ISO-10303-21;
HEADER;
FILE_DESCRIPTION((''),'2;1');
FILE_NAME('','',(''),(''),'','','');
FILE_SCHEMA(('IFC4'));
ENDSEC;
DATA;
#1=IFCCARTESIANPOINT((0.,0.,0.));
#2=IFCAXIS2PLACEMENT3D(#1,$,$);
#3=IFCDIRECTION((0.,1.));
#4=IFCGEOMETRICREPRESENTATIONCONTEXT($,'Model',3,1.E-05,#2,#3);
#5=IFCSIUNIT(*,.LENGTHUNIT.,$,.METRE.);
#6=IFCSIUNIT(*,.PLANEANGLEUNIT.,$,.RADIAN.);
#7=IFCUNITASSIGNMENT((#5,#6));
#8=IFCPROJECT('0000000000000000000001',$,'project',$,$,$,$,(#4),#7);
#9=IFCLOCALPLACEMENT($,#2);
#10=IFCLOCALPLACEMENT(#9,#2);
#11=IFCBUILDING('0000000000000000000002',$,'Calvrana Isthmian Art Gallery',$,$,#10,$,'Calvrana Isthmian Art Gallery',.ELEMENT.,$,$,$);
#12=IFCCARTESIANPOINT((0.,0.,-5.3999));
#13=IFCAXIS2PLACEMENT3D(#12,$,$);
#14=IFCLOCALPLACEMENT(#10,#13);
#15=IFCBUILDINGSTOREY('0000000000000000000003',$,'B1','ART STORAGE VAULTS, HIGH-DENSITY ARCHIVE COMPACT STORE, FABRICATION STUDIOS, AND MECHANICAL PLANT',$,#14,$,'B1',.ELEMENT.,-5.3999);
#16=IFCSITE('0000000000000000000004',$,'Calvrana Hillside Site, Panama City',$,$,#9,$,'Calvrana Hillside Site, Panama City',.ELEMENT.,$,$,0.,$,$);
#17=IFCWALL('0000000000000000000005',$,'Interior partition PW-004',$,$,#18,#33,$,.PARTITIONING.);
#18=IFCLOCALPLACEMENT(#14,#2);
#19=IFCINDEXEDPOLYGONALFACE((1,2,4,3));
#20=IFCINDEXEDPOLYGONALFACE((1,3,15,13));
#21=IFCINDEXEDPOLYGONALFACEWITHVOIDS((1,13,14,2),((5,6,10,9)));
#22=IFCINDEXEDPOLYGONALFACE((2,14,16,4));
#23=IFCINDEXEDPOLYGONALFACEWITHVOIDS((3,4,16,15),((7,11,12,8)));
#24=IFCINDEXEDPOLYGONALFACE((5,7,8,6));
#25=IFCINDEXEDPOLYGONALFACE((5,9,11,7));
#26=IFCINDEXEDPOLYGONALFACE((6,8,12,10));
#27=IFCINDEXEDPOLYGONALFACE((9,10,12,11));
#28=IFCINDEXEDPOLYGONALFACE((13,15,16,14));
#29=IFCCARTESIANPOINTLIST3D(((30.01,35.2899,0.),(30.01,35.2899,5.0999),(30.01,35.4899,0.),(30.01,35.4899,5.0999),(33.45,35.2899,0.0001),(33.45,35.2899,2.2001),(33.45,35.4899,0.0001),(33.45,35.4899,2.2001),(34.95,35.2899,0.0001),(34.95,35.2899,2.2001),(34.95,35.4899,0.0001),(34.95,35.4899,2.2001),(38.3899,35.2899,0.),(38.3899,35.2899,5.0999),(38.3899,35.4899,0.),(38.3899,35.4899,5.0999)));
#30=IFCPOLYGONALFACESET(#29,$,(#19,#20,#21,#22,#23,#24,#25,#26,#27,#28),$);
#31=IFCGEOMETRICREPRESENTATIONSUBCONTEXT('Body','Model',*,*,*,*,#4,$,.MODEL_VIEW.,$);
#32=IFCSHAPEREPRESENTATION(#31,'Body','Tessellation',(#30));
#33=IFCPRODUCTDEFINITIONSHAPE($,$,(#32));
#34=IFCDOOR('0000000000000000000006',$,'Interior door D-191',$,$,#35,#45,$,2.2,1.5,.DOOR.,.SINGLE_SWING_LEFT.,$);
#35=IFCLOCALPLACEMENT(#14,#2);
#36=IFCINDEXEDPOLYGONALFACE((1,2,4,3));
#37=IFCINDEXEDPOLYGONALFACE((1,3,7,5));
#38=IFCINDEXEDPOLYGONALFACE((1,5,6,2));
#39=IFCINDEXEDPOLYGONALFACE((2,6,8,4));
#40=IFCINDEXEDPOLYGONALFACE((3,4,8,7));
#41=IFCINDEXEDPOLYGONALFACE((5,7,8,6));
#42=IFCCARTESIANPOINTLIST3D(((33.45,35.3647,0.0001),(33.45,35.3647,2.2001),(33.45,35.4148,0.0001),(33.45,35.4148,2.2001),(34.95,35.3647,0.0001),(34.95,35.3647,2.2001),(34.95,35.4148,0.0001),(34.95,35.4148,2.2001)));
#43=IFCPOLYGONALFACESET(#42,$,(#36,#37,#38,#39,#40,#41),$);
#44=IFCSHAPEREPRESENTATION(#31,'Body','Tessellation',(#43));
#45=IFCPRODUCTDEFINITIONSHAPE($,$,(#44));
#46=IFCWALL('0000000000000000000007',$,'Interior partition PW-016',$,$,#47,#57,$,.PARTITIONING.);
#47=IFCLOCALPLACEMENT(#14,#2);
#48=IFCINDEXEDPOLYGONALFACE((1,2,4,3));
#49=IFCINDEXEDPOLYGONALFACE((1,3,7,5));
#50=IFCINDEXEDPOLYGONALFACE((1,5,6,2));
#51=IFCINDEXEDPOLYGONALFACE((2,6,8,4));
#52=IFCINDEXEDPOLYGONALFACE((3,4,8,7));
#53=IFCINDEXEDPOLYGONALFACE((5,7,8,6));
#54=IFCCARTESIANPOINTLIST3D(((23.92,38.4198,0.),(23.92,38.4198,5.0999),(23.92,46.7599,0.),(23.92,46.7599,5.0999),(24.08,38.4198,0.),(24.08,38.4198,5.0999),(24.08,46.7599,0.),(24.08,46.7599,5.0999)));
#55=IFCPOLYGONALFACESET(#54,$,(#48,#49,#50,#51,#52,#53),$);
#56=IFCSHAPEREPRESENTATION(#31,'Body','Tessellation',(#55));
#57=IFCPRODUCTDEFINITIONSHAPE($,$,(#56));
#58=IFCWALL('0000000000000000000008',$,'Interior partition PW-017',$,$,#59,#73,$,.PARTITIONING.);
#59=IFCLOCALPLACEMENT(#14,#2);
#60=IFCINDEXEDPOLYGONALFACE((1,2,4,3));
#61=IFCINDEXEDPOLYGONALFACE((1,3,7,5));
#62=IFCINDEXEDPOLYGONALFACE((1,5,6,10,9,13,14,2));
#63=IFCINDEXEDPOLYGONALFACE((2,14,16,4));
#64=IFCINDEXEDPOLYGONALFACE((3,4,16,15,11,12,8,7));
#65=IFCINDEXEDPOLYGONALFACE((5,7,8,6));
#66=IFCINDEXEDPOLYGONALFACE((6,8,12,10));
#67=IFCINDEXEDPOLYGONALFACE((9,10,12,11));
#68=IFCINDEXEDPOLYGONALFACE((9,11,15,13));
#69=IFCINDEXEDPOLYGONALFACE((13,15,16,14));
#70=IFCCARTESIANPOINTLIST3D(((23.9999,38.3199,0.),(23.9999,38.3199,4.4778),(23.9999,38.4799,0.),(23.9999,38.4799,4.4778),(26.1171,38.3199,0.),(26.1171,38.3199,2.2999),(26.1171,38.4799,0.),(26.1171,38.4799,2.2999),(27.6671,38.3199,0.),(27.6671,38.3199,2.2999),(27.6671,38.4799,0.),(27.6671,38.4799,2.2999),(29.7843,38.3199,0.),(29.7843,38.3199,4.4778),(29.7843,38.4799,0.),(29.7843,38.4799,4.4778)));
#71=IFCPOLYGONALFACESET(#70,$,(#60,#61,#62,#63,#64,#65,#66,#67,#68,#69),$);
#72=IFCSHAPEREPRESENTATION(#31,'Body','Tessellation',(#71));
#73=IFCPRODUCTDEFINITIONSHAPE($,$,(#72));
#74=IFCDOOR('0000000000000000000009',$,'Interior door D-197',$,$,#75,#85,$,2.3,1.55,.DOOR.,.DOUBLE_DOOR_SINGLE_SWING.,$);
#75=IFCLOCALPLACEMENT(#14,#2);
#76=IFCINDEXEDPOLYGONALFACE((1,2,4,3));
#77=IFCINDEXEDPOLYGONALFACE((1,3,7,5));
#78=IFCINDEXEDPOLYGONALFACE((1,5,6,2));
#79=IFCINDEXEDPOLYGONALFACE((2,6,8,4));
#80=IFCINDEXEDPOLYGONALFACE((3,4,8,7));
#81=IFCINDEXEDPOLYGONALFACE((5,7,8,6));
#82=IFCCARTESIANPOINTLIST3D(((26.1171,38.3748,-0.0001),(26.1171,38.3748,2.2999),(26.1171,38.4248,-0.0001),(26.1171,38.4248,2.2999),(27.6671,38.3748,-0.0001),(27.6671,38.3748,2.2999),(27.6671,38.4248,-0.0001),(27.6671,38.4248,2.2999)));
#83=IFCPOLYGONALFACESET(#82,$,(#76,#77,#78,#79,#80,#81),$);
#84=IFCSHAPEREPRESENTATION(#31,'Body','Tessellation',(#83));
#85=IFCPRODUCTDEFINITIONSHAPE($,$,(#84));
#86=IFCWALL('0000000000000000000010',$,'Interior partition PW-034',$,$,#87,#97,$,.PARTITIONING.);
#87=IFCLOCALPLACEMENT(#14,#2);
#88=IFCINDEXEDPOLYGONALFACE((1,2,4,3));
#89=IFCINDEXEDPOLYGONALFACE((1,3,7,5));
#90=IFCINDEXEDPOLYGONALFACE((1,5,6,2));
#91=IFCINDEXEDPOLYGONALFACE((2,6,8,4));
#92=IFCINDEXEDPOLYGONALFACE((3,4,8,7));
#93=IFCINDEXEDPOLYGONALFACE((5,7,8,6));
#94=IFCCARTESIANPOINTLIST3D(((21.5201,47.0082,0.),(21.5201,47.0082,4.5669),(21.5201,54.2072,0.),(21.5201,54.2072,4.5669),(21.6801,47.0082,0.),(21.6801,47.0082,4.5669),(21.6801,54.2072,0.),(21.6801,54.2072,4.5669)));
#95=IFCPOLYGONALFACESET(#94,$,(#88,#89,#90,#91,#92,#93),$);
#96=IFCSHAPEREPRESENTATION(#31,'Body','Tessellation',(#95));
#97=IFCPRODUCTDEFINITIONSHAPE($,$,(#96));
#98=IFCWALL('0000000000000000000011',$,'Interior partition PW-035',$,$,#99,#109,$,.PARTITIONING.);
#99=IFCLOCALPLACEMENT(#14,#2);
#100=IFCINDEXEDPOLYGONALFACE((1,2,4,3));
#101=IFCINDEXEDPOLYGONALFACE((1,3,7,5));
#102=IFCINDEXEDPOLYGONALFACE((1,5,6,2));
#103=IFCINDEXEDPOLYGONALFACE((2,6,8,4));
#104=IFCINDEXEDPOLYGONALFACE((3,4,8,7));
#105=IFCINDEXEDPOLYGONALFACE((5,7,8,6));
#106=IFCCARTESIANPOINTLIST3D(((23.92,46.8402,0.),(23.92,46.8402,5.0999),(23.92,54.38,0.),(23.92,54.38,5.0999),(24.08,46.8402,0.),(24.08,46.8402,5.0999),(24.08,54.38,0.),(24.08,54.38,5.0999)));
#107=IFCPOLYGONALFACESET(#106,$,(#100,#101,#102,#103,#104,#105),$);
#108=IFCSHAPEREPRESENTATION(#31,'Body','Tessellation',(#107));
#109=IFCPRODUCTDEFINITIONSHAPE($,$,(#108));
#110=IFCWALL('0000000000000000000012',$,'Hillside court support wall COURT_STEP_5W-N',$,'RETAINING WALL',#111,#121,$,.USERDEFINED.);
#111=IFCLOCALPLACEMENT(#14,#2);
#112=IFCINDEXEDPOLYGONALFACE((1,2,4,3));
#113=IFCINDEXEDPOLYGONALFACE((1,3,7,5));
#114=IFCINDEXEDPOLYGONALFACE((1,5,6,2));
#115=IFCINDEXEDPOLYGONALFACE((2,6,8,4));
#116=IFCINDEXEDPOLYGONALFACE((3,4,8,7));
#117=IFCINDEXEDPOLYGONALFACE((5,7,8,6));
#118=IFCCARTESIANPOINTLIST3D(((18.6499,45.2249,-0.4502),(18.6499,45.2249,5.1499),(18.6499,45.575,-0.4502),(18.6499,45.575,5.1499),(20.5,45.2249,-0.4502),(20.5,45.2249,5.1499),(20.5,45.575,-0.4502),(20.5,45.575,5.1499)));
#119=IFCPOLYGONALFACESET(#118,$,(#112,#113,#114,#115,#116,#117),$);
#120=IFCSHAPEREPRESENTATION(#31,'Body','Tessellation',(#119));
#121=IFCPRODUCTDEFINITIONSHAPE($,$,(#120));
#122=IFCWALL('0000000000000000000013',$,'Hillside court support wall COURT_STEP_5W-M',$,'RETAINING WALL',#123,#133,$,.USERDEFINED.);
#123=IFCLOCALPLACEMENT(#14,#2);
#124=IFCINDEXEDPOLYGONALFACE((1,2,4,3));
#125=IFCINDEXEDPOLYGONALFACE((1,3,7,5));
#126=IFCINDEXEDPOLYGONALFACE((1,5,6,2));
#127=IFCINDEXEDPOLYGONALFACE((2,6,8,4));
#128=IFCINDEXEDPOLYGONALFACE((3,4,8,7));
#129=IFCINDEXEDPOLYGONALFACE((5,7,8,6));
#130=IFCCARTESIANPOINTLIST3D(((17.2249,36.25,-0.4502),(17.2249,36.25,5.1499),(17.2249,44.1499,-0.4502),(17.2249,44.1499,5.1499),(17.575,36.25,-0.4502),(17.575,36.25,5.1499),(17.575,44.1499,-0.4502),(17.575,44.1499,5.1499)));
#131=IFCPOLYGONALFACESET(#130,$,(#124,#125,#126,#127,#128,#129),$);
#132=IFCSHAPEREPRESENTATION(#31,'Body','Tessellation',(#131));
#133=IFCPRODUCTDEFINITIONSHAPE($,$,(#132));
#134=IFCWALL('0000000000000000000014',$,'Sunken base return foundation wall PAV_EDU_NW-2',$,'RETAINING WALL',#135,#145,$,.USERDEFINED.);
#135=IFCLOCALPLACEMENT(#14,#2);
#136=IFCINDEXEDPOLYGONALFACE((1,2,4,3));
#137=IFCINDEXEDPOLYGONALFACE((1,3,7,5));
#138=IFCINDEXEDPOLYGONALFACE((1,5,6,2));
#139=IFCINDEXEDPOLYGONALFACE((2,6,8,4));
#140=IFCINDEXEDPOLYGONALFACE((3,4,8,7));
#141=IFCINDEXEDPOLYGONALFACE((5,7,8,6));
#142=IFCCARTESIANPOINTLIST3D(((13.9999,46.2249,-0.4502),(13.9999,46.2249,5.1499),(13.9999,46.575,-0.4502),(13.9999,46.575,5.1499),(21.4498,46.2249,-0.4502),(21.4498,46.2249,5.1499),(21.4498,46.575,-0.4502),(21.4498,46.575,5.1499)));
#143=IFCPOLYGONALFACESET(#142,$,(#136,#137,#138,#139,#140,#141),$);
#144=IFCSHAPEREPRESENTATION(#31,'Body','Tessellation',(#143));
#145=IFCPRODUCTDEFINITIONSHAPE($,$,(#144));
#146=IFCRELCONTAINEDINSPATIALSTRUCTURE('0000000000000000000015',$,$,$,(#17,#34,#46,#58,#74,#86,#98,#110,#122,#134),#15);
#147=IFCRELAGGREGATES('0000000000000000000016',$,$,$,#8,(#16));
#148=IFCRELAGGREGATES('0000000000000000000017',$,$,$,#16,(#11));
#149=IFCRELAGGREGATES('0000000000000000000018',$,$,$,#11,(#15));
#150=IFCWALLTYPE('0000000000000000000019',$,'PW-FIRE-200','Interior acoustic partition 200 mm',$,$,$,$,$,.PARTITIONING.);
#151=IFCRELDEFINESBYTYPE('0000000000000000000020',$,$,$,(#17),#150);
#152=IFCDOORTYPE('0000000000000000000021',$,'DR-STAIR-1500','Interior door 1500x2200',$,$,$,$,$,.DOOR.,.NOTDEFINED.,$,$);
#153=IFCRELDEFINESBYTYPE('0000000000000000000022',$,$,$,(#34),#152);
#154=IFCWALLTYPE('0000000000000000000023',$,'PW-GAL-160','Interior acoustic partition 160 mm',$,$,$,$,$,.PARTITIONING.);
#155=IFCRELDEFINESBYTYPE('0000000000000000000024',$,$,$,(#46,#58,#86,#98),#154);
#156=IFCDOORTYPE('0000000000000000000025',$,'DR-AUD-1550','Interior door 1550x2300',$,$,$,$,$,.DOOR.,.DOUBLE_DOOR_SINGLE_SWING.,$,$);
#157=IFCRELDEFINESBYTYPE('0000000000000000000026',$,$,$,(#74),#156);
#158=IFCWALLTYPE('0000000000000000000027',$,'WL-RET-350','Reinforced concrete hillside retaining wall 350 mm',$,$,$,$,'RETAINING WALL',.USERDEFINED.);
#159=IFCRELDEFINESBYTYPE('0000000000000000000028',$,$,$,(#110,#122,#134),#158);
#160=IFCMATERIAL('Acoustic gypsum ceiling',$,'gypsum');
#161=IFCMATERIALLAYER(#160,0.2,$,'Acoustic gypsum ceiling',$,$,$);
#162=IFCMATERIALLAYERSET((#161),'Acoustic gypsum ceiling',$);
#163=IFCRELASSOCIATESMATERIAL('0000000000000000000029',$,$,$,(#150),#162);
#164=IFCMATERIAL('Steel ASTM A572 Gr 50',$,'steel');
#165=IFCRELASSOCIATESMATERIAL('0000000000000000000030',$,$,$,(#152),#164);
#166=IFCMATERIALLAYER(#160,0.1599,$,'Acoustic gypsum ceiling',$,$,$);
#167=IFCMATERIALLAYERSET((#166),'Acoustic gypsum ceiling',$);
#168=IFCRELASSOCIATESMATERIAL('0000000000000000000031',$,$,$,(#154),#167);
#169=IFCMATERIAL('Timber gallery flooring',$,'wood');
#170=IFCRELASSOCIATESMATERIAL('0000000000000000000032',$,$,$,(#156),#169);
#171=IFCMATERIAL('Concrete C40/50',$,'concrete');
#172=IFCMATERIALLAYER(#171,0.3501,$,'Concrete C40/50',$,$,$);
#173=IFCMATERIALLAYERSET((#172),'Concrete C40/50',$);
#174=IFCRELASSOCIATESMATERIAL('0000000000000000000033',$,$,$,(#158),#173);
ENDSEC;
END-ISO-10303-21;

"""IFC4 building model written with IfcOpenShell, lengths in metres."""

from ifc_helpers import new_model, si_unit, direction, frame, frame_2d, origin, place, context, subcontext, project, spatial, rectangle, extrude, material, layer, layer_set, type_object, element, fill, save


model = new_model("IFC4")

# Units and contexts
model_context = context("Model", 3, precision=1e-05, world=origin(), true_north=direction((0.0, 1.0)))
body_context = subcontext(model_context, "Body", "Model", "MODEL_VIEW")
ifc_project = project(units=[si_unit("LENGTHUNIT", "METRE"), si_unit("PLANEANGLEUNIT", "RADIAN")], contexts=[model_context])

# Site, building, storey
site_placement = place(None, origin())
site = spatial("IfcSite", under=ifc_project, at=site_placement, Name="Calvrana Hillside Site, Panama City", LongName="Calvrana Hillside Site, Panama City", CompositionType="ELEMENT", RefElevation=0.0)
building_placement = place(site_placement, origin())
building = spatial("IfcBuilding", under=site, at=building_placement, Name="Calvrana Isthmian Art Gallery", LongName="Calvrana Isthmian Art Gallery", CompositionType="ELEMENT")
storey_placement = place(building_placement, frame((0.0, 0.0, -5.3999)))
storey = spatial("IfcBuildingStorey", under=building, at=storey_placement, Name="B1", Description="ART STORAGE VAULTS, HIGH-DENSITY ARCHIVE COMPACT STORE, FABRICATION STUDIOS, AND MECHANICAL PLANT", LongName="B1", CompositionType="ELEMENT", Elevation=-5.3999)

# Shared definitions
ifc_material_1 = material(Name="Steel ASTM A572 Gr 50", Category="steel")

# Shared definitions
ifc_material_2 = material(Name="Acoustic gypsum ceiling", Category="gypsum")
ifc_layer_1 = layer(ifc_material_2, 0.2, Name="Acoustic gypsum ceiling")
ifc_layer_set_1 = layer_set([ifc_layer_1], Name="Acoustic gypsum ceiling")
wall_type_1 = type_object("IfcWallType", Name="PW-FIRE-200", Description="Interior acoustic partition 200 mm", PredefinedType="PARTITIONING", material=ifc_layer_set_1)

# Wall, opening, door
wall_1_placement = place(storey_placement, frame((30.01, 35.3899, 0.0), z_axis=(0.0, 0.0, 1.0), x_axis=(1.0, 0.0, 0.0)))
wall_1 = element("IfcWall", 1, at=wall_1_placement, inside=storey, type_object=wall_type_1, Name="Interior partition PW-004", PredefinedType="PARTITIONING", context=body_context, shape_type="SweptSolid", body=[
    extrude(rectangle(XDim=8.3799, YDim=0.2, at=frame_2d((4.1899, 0.0))), origin(), (0.0, 0.0, 1.0), 5.0999),
])
opening_1_placement = place(wall_1_placement, frame((3.4399, 0.0, 0.0)))
opening_1 = element("IfcOpeningElement", 2, at=opening_1_placement, cuts=wall_1, PredefinedType="OPENING", context=body_context, shape_type="SweptSolid", body=[
    extrude(rectangle(XDim=1.5, YDim=2.2, at=frame_2d((0.75, 1.1001))), frame((0.0, 0.1104, 0.0), z_axis=(0.0, -1.0, 0.0), x_axis=(1.0, 0.0, 0.0)), (0.0, 0.0, 1.0), 0.2205),
])
door_type_1 = type_object("IfcDoorType", Name="DR-STAIR-1500", Description="Interior door 1500x2200", OperationType="NOTDEFINED", PredefinedType="DOOR", material=ifc_material_1)
door_1_placement = place(opening_1_placement, origin())
door_1 = element("IfcDoor", 3, at=door_1_placement, inside=storey, type_object=door_type_1, Name="Interior door D-191", OperationType="SINGLE_SWING_LEFT", OverallHeight=2.2, OverallWidth=1.5, PredefinedType="DOOR", context=body_context, shape_type="SweptSolid", body=[
    extrude(rectangle(XDim=1.5, YDim=2.2, at=frame_2d((0.75, 1.1001))), frame((0.0, 0.0249, 0.0), z_axis=(0.0, -1.0, 0.0), x_axis=(1.0, 0.0, 0.0)), (0.0, 0.0, 1.0), 0.05),
])
fill(opening_1, door_1)

# Wall
ifc_layer_2 = layer(ifc_material_2, 0.1599, Name="Acoustic gypsum ceiling")
ifc_layer_set_2 = layer_set([ifc_layer_2], Name="Acoustic gypsum ceiling")
wall_type_2 = type_object("IfcWallType", Name="PW-GAL-160", Description="Interior acoustic partition 160 mm", PredefinedType="PARTITIONING", material=ifc_layer_set_2)
wall_2_placement = place(storey_placement, frame((24.0, 38.4199, 0.0), z_axis=(0.0, 0.0, 1.0), x_axis=(0.0, 1.0, 0.0)))
element("IfcWall", 4, at=wall_2_placement, inside=storey, type_object=wall_type_2, Name="Interior partition PW-016", PredefinedType="PARTITIONING", context=body_context, shape_type="SweptSolid", body=[
    extrude(rectangle(XDim=8.3401, YDim=0.1599, at=frame_2d((4.1699, 0.0))), origin(), (0.0, 0.0, 1.0), 5.0999),
])

# Wall, opening, door
wall_3_placement = place(storey_placement, frame((24.0, 38.3999, 0.0), z_axis=(0.0, 0.0, 1.0), x_axis=(1.0, 0.0, 0.0)))
wall_3 = element("IfcWall", 5, at=wall_3_placement, inside=storey, type_object=wall_type_2, Name="Interior partition PW-017", PredefinedType="PARTITIONING", context=body_context, shape_type="SweptSolid", body=[
    extrude(rectangle(XDim=5.7844, YDim=0.1599, at=frame_2d((2.8921, 0.0))), origin(), (0.0, 0.0, 1.0), 4.4778),
])
opening_2_placement = place(wall_3_placement, frame((2.1172, 0.0, 0.0)))
opening_2 = element("IfcOpeningElement", 6, at=opening_2_placement, cuts=wall_3, PredefinedType="OPENING", context=body_context, shape_type="SweptSolid", body=[
    extrude(rectangle(XDim=1.55, YDim=2.3, at=frame_2d((0.7749, 1.1499))), frame((0.0, 0.0903, 0.0), z_axis=(0.0, -1.0, 0.0), x_axis=(1.0, 0.0, 0.0)), (0.0, 0.0, 1.0), 0.1804),
])
ifc_material_3 = material(Name="Timber gallery flooring", Category="wood")
door_type_2 = type_object("IfcDoorType", Name="DR-AUD-1550", Description="Interior door 1550x2300", OperationType="DOUBLE_DOOR_SINGLE_SWING", PredefinedType="DOOR", material=ifc_material_3)
door_2_placement = place(opening_2_placement, origin())
door_2 = element("IfcDoor", 7, at=door_2_placement, inside=storey, type_object=door_type_2, Name="Interior door D-197", OperationType="DOUBLE_DOOR_SINGLE_SWING", OverallHeight=2.3, OverallWidth=1.55, PredefinedType="DOOR", context=body_context, shape_type="SweptSolid", body=[
    extrude(rectangle(XDim=1.55, YDim=2.3, at=frame_2d((0.7749, 1.1499))), frame((0.0, 0.0249, 0.0), z_axis=(0.0, -1.0, 0.0), x_axis=(1.0, 0.0, 0.0)), (0.0, 0.0, 1.0), 0.05),
])
fill(opening_2, door_2)

# Walls
wall_4_placement = place(storey_placement, frame((21.6001, 47.0081, 0.0), z_axis=(0.0, 0.0, 1.0), x_axis=(0.0, 1.0, 0.0)))
element("IfcWall", 8, at=wall_4_placement, inside=storey, type_object=wall_type_2, Name="Interior partition PW-034", PredefinedType="PARTITIONING", context=body_context, shape_type="SweptSolid", body=[
    extrude(rectangle(XDim=7.199, YDim=0.1599, at=frame_2d((3.5996, 0.0))), origin(), (0.0, 0.0, 1.0), 4.5669),
])
wall_5_placement = place(storey_placement, frame((24.0, 46.8401, 0.0), z_axis=(0.0, 0.0, 1.0), x_axis=(0.0, 1.0, 0.0)))
element("IfcWall", 9, at=wall_5_placement, inside=storey, type_object=wall_type_2, Name="Interior partition PW-035", PredefinedType="PARTITIONING", context=body_context, shape_type="SweptSolid", body=[
    extrude(rectangle(XDim=7.5398, YDim=0.1599, at=frame_2d((3.77, 0.0))), origin(), (0.0, 0.0, 1.0), 5.0999),
])
ifc_material_4 = material(Name="Concrete C40/50", Category="concrete")
ifc_layer_3 = layer(ifc_material_4, 0.3501, Name="Concrete C40/50")
ifc_layer_set_3 = layer_set([ifc_layer_3], Name="Concrete C40/50")
wall_type_3 = type_object("IfcWallType", Name="WL-RET-350", Description="Reinforced concrete hillside retaining wall 350 mm", ElementType="RETAINING WALL", PredefinedType="USERDEFINED", material=ifc_layer_set_3)
wall_6_placement = place(storey_placement, frame((18.6499, 45.3999, -0.4502), z_axis=(0.0, 0.0, 1.0), x_axis=(1.0, 0.0, 0.0)))
element("IfcWall", 10, at=wall_6_placement, inside=storey, type_object=wall_type_3, Name="Hillside court support wall COURT_STEP_5W-N", ObjectType="RETAINING WALL", PredefinedType="USERDEFINED", context=body_context, shape_type="SweptSolid", body=[
    extrude(rectangle(XDim=1.8501, YDim=0.3501, at=frame_2d((0.925, 0.0))), origin(), (0.0, 0.0, 1.0), 5.6001),
])
wall_7_placement = place(storey_placement, frame((17.3999, 36.25, -0.4502), z_axis=(0.0, 0.0, 1.0), x_axis=(0.0, 1.0, 0.0)))
element("IfcWall", 11, at=wall_7_placement, inside=storey, type_object=wall_type_3, Name="Hillside court support wall COURT_STEP_5W-M", ObjectType="RETAINING WALL", PredefinedType="USERDEFINED", context=body_context, shape_type="SweptSolid", body=[
    extrude(rectangle(XDim=7.8999, YDim=0.3501, at=frame_2d((3.95, 0.0))), origin(), (0.0, 0.0, 1.0), 5.6001),
])
wall_8_placement = place(storey_placement, frame((21.45, 46.3999, -0.4502), z_axis=(0.0, 0.0, 1.0), x_axis=(-1.0, 0.0, 0.0)))
element("IfcWall", 12, at=wall_8_placement, inside=storey, type_object=wall_type_3, Name="Sunken base return foundation wall PAV_EDU_NW-2", ObjectType="RETAINING WALL", PredefinedType="USERDEFINED", context=body_context, shape_type="SweptSolid", body=[
    extrude(rectangle(XDim=7.45, YDim=0.3501, at=frame_2d((3.7251, 0.0))), origin(), (0.0, 0.0, 1.0), 5.6001),
])

save(model, "model.ifc")
